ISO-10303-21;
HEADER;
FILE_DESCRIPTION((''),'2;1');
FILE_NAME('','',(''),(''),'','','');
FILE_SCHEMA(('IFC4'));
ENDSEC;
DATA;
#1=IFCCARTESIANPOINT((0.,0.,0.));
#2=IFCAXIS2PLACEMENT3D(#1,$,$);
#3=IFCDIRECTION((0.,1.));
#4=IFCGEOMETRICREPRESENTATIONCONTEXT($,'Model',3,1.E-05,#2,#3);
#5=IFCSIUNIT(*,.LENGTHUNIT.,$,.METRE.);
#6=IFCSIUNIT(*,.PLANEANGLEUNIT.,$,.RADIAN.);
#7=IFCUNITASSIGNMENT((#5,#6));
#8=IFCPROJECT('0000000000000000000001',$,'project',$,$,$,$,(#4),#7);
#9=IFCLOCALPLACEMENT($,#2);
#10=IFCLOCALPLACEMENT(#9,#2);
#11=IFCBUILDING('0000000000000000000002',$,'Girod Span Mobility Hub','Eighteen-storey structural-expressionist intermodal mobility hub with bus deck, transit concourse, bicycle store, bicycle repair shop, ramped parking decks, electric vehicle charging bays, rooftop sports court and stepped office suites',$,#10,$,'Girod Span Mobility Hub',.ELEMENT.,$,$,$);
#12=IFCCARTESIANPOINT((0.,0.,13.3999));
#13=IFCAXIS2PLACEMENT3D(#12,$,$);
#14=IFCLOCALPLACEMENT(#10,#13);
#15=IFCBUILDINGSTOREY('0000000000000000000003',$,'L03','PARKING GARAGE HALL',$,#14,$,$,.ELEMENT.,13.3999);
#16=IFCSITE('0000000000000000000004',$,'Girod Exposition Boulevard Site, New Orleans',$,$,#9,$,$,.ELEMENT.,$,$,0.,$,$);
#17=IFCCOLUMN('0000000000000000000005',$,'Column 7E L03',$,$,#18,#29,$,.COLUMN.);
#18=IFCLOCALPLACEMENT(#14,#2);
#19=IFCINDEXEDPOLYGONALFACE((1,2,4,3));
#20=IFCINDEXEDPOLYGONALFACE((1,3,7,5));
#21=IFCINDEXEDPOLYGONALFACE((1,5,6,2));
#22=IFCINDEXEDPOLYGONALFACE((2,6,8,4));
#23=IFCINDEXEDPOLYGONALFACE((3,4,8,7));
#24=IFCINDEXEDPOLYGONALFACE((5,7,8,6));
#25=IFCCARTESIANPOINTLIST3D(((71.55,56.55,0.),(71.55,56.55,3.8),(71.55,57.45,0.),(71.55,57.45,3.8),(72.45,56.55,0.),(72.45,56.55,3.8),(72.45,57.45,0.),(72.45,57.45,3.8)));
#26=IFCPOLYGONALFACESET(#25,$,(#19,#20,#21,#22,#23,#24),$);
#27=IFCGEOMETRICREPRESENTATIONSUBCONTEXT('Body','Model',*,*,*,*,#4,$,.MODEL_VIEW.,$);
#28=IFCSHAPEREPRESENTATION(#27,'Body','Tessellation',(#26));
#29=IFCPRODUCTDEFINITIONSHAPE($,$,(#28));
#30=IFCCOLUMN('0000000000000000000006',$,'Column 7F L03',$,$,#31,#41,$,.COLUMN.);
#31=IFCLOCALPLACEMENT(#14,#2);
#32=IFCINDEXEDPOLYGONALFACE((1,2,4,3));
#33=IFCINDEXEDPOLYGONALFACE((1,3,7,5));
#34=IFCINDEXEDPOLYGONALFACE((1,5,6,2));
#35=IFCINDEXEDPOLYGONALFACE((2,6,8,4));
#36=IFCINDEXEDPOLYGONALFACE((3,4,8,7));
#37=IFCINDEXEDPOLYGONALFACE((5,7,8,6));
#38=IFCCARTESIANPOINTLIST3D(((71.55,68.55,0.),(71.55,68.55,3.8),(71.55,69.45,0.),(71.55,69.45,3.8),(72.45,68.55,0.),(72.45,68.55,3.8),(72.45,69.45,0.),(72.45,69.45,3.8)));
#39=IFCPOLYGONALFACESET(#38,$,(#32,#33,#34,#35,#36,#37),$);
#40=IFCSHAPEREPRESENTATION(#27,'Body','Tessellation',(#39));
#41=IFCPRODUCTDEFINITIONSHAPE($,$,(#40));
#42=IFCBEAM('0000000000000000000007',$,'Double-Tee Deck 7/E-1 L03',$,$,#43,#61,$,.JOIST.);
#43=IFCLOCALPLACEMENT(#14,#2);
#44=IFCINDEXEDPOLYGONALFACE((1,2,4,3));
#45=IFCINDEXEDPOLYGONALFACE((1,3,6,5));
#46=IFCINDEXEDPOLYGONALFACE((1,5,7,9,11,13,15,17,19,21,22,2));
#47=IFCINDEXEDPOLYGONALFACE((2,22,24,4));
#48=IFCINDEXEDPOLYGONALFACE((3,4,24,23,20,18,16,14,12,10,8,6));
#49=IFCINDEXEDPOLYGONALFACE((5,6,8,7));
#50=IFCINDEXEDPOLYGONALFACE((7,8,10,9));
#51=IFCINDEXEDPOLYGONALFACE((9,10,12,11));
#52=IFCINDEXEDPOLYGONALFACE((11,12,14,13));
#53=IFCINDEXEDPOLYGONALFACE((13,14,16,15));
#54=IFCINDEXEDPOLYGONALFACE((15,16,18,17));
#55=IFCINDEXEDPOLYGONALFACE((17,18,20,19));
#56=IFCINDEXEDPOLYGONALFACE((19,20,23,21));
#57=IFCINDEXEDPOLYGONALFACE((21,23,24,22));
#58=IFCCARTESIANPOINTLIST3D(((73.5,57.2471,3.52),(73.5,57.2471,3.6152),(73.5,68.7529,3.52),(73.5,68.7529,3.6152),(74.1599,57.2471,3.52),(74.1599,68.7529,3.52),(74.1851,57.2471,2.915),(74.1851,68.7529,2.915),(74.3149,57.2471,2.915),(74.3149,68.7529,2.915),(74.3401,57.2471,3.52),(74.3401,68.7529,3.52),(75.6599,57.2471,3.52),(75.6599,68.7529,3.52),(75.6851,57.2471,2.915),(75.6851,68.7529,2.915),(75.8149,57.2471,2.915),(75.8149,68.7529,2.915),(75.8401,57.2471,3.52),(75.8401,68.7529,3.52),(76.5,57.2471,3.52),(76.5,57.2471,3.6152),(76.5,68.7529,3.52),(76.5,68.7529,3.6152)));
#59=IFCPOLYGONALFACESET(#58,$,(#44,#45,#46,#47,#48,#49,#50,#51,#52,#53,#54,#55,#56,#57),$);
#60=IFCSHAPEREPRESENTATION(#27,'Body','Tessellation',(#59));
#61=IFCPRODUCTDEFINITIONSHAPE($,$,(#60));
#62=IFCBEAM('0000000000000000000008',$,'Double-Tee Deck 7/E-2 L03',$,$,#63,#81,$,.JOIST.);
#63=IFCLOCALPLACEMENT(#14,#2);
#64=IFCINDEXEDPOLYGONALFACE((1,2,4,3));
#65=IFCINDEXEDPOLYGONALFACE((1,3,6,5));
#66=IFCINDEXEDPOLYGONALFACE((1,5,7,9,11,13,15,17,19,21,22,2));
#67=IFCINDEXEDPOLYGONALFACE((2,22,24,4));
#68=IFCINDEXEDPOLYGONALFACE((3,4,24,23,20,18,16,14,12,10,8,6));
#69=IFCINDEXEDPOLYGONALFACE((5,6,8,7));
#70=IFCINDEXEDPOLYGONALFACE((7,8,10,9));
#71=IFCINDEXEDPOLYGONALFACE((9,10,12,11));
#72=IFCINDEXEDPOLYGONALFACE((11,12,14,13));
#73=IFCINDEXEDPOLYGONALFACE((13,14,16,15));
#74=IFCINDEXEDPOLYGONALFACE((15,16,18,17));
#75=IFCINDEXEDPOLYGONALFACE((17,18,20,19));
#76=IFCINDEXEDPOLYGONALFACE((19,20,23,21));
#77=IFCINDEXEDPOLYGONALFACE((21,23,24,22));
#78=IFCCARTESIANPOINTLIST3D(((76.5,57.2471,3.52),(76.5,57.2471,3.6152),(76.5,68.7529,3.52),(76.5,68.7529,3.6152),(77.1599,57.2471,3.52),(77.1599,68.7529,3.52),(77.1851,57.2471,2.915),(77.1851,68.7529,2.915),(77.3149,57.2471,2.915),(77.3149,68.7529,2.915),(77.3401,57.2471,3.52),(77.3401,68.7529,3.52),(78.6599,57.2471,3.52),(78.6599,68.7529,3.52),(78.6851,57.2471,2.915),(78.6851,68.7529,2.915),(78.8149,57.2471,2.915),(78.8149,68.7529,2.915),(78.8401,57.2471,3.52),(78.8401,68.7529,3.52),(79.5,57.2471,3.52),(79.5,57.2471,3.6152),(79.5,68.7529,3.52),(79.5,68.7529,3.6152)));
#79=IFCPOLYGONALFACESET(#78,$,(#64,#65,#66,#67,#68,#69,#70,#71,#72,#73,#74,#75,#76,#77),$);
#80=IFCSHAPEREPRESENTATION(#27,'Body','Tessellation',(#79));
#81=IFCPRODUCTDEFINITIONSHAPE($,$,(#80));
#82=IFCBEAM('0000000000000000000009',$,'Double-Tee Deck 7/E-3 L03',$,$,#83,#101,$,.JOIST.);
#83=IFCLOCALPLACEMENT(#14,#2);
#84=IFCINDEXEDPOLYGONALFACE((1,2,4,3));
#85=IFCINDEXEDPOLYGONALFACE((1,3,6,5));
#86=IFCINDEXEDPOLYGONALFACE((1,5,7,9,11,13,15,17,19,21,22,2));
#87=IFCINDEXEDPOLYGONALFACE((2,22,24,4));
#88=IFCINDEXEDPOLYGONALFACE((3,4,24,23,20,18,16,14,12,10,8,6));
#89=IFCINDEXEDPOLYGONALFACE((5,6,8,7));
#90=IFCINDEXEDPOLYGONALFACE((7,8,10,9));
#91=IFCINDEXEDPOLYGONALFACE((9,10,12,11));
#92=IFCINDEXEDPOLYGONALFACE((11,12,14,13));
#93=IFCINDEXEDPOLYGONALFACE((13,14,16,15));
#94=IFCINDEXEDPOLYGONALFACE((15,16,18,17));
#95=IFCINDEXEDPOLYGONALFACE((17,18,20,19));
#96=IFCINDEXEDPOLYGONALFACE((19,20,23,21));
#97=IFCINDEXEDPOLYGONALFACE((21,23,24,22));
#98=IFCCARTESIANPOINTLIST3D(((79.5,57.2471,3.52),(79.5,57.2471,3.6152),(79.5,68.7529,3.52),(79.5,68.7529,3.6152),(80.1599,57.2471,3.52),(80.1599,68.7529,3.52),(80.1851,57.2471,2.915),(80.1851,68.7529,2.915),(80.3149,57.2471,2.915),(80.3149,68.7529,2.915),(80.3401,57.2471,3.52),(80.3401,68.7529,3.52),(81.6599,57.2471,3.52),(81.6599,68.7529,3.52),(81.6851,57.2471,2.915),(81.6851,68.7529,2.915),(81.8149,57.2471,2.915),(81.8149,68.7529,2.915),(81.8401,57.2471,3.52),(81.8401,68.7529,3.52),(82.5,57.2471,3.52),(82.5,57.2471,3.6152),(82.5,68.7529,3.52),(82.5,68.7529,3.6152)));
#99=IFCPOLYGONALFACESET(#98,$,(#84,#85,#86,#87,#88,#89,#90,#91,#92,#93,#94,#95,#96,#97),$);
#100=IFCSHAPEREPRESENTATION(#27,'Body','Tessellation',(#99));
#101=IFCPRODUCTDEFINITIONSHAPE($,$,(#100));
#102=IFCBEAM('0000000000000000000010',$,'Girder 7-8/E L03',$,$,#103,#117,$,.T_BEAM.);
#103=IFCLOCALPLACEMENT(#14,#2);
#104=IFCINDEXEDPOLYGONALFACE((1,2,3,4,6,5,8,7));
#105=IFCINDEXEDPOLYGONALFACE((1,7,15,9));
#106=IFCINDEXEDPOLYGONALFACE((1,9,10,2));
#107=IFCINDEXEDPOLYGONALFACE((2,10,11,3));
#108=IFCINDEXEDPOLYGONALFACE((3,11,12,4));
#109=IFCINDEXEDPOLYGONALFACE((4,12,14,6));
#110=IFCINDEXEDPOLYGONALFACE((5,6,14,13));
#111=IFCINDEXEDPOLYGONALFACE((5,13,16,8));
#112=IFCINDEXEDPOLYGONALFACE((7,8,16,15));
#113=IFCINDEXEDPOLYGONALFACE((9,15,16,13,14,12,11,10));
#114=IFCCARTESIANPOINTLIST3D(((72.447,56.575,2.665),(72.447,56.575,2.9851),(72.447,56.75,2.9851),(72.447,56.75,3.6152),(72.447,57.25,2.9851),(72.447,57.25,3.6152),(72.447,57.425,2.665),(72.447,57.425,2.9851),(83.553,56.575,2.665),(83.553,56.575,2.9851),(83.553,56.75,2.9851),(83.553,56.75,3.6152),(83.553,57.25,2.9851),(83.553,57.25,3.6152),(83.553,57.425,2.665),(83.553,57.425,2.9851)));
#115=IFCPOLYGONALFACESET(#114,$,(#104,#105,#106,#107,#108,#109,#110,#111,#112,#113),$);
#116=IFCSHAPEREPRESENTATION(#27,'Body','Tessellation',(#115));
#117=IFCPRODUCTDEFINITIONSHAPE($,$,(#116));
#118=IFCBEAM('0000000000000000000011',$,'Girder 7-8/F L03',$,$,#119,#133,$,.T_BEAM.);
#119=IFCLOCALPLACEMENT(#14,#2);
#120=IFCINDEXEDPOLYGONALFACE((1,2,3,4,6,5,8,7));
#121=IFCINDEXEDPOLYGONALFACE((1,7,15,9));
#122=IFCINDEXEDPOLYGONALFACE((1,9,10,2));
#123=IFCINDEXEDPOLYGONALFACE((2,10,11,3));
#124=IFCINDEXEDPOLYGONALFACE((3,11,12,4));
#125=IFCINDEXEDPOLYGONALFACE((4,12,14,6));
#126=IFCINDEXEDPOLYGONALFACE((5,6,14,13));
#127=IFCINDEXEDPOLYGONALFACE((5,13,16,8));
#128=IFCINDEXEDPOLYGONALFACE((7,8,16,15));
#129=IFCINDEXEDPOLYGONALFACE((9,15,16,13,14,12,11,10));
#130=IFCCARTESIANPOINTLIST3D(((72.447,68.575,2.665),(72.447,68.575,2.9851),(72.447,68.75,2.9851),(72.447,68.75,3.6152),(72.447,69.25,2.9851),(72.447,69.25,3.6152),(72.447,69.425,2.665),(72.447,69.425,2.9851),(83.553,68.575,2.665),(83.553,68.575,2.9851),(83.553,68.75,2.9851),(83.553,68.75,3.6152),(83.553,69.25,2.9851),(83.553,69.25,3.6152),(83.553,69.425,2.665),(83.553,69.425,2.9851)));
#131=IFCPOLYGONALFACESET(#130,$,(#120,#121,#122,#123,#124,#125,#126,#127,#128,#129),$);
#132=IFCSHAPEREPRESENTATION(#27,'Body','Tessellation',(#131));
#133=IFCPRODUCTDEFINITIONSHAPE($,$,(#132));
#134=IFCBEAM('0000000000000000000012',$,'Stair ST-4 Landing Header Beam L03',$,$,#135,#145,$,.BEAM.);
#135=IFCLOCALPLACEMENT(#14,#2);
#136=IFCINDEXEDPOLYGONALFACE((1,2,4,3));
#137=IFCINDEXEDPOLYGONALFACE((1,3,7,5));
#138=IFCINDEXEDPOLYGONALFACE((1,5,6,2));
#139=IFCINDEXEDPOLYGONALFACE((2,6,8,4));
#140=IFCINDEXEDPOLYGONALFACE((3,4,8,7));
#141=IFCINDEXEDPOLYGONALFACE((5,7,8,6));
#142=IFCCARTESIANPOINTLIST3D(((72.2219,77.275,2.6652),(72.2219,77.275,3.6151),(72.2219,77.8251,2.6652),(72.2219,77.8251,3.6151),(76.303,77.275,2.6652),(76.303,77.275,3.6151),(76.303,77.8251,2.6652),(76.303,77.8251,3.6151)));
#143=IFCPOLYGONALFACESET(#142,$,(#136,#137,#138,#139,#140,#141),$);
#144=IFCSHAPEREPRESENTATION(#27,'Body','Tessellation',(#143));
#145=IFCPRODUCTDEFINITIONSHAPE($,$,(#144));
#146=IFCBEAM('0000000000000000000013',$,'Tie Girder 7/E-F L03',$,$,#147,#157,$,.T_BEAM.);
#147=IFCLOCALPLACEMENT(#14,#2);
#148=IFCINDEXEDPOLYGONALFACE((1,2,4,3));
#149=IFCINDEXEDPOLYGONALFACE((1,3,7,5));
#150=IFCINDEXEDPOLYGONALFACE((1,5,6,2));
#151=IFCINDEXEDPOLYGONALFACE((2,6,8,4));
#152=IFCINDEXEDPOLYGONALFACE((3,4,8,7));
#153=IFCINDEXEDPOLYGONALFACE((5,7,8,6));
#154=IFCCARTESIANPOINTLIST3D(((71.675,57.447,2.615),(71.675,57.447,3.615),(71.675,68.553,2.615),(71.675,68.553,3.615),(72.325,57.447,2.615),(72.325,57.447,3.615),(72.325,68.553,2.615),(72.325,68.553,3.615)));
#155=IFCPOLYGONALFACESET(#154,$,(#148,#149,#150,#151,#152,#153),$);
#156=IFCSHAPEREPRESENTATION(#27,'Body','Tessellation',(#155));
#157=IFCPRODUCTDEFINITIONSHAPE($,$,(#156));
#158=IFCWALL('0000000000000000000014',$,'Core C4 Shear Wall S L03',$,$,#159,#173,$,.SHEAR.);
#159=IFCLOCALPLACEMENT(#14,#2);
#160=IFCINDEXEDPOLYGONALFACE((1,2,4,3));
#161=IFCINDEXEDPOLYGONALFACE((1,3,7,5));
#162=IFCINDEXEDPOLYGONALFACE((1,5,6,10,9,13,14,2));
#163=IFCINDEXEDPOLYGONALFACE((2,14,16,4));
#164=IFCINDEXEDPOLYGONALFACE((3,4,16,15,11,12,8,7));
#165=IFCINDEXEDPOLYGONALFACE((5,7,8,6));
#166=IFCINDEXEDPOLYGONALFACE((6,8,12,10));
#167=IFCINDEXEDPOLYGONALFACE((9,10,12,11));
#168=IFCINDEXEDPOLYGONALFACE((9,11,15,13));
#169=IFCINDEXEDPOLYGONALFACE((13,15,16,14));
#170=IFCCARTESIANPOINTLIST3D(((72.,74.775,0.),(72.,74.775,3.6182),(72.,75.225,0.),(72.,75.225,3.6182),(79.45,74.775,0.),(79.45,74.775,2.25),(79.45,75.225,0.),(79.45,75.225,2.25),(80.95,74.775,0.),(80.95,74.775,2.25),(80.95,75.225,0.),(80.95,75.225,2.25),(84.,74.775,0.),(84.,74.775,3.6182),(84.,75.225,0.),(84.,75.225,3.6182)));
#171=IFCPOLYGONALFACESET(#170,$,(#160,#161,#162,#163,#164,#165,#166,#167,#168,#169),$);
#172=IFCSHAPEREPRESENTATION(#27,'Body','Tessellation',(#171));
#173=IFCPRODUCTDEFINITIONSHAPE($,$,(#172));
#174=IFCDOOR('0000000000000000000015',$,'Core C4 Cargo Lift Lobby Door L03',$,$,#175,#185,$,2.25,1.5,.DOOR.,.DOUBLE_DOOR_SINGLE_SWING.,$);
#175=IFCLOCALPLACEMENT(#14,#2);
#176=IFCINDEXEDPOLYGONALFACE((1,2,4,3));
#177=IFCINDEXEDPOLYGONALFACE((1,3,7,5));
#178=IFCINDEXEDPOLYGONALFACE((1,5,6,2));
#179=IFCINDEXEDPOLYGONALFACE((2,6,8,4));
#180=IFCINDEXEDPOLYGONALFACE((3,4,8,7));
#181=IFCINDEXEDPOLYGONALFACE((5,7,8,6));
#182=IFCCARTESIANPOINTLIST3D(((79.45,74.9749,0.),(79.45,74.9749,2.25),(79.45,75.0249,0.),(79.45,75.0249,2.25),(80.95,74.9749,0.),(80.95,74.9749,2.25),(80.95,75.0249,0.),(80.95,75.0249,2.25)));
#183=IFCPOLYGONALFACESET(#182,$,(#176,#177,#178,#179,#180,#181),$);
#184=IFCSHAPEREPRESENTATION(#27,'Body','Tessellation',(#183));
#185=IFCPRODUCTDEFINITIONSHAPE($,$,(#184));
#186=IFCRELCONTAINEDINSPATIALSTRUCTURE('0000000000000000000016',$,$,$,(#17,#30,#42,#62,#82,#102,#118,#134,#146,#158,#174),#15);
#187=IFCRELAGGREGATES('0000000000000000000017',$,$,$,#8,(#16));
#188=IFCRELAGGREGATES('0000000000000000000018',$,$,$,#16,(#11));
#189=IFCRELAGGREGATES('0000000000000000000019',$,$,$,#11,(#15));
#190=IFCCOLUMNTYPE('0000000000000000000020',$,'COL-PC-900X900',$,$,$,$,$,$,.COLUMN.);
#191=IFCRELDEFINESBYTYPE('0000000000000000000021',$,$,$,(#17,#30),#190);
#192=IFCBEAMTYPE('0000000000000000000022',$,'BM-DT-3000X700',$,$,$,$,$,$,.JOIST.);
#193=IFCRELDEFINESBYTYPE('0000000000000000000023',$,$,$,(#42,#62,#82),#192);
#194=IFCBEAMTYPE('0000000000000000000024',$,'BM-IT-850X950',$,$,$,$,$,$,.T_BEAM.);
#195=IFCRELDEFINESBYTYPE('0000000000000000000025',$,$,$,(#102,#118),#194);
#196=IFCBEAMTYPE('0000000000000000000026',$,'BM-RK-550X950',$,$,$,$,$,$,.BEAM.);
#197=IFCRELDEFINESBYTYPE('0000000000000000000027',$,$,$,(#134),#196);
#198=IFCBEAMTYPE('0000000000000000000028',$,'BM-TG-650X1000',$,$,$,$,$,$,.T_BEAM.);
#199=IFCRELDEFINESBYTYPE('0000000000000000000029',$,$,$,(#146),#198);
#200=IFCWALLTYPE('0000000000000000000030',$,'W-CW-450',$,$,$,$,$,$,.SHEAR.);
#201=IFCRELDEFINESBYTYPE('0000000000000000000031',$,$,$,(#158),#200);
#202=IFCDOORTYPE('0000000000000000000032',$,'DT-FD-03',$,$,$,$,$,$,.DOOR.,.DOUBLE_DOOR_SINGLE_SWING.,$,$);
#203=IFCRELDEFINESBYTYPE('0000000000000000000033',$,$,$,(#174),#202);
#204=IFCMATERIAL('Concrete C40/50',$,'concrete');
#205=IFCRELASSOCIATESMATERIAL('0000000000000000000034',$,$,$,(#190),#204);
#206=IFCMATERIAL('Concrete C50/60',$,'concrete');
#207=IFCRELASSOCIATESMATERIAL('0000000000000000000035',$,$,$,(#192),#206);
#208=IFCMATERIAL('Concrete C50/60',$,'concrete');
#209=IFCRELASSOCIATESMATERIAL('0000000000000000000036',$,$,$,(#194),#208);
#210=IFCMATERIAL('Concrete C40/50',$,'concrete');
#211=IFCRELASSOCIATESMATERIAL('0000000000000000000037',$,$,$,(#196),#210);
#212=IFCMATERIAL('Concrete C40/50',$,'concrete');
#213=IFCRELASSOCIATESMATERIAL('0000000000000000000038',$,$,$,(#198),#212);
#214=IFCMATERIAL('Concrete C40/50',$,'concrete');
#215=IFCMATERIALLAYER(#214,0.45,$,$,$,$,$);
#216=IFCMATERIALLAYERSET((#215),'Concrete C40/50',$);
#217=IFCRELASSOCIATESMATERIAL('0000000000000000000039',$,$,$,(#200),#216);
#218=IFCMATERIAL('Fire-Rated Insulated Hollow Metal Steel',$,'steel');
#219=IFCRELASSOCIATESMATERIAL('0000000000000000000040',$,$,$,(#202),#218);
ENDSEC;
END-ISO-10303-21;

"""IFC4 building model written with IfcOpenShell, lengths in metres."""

from ifc_helpers import new_model, si_unit, direction, frame, frame_2d, origin, origin_2d, place, context, subcontext, project, spatial, polyline, rectangle, outline, extrude, material, layer, layer_set, material_profile, profile_set, type_object, element, fill, save


model = new_model("IFC4")

# Units and contexts
model_context = context("Model", 3, precision=1e-05, world=origin(), true_north=direction((0.0, 1.0)))
body_context = subcontext(model_context, "Body", "Model", "MODEL_VIEW")
ifc_project = project(units=[si_unit("LENGTHUNIT", "METRE"), si_unit("PLANEANGLEUNIT", "RADIAN")], contexts=[model_context])

# Site, building, storey
site_placement = place(None, origin())
site = spatial("IfcSite", under=ifc_project, at=site_placement, Name="Girod Exposition Boulevard Site, New Orleans", CompositionType="ELEMENT", RefElevation=0.0)
building_placement = place(site_placement, origin())
building = spatial("IfcBuilding", under=site, at=building_placement, Name="Girod Span Mobility Hub", Description="Eighteen-storey structural-expressionist intermodal mobility hub with bus deck, transit concourse, bicycle store, bicycle repair shop, ramped parking decks, electric vehicle charging bays, rooftop sports court and stepped office suites", LongName="Girod Span Mobility Hub", CompositionType="ELEMENT")
storey_placement = place(building_placement, frame((0.0, 0.0, 13.3999)))
storey = spatial("IfcBuildingStorey", under=building, at=storey_placement, Name="L03", Description="PARKING GARAGE HALL", CompositionType="ELEMENT", Elevation=13.3999)

# Columns
ifc_material_1 = material(Name="Concrete C40/50", Category="concrete")
ifc_material_profile_1 = material_profile(ifc_material_1, rectangle(XDim=0.8999, YDim=0.8999, at=origin_2d()), Name="PC-COL-900X900")
ifc_profile_set_1 = profile_set([ifc_material_profile_1], Name="Concrete C40/50")
column_type = type_object("IfcColumnType", Name="COL-PC-900X900", PredefinedType="COLUMN", material=ifc_profile_set_1)
for number, where, z_axis, x_axis, name in (
    (1, (72.0, 57.0, 0.0), (0.0, 0.0, 1.0), (1.0, 0.0, 0.0), "Column 7E L03"),
    (2, (72.0, 69.0, 0.0), (0.0, 0.0, 1.0), (1.0, 0.0, 0.0), "Column 7F L03"),
):
    element("IfcColumn", number, at=place(storey_placement, frame(where, z_axis=z_axis, x_axis=x_axis)), inside=storey, type_object=column_type, Name=name, PredefinedType="COLUMN", context=body_context, shape_type="SweptSolid", body=[
        extrude(rectangle(XDim=0.8999, YDim=0.8999, at=origin_2d()), origin(), (0.0, 0.0, 1.0), 3.8),
    ])

# Beams
ifc_material_2 = material(Name="Concrete C50/60", Category="concrete")
ifc_material_profile_2 = material_profile(ifc_material_2, outline(polyline([(-1.5, 0.3501), (-1.5, 0.2549), (-0.8401, 0.2549), (-0.8149, -0.3501), (-0.6851, -0.3501), (-0.6599, 0.2549), (0.6599, 0.2549), (0.6851, -0.3501), (0.8149, -0.3501), (0.8401, 0.2549), (1.5, 0.2549), (1.5, 0.3501), (-1.5, 0.3501)])), Name="DT-3000X700")
ifc_profile_set_2 = profile_set([ifc_material_profile_2], Name="Concrete C50/60")
beam_type_1 = type_object("IfcBeamType", Name="BM-DT-3000X700", PredefinedType="JOIST", material=ifc_profile_set_2)
for number, where, z_axis, x_axis, name in (
    (3, (75.0, 57.2471, 3.2651), (0.0, 1.0, 0.0), (-1.0, 0.0, 0.0), "Double-Tee Deck 7/E-1 L03"),
    (4, (78.0, 57.2471, 3.2651), (0.0, 1.0, 0.0), (-1.0, 0.0, 0.0), "Double-Tee Deck 7/E-2 L03"),
    (5, (81.0, 57.2471, 3.2651), (0.0, 1.0, 0.0), (-1.0, 0.0, 0.0), "Double-Tee Deck 7/E-3 L03"),
):
    element("IfcBeam", number, at=place(storey_placement, frame(where, z_axis=z_axis, x_axis=x_axis)), inside=storey, type_object=beam_type_1, Name=name, PredefinedType="JOIST", context=body_context, shape_type="SweptSolid", body=[
        extrude(outline(polyline([(-1.5, 0.3501), (-1.5, 0.2549), (-0.8401, 0.2549), (-0.8149, -0.3501), (-0.6851, -0.3501), (-0.6599, 0.2549), (0.6599, 0.2549), (0.6851, -0.3501), (0.8149, -0.3501), (0.8401, 0.2549), (1.5, 0.2549), (1.5, 0.3501), (-1.5, 0.3501)])), origin(), (0.0, 0.0, 1.0), 11.5059),
    ])
ifc_material_3 = material(Name="Concrete C50/60", Category="concrete")
ifc_material_profile_3 = material_profile(ifc_material_3, outline(polyline([(-0.425, -0.4751), (0.425, -0.4751), (0.425, -0.155), (0.25, -0.155), (0.25, 0.4751), (-0.25, 0.4751), (-0.25, -0.155), (-0.425, -0.155), (-0.425, -0.4751)])), Name="IT-850X950")
ifc_profile_set_3 = profile_set([ifc_material_profile_3], Name="Concrete C50/60")
beam_type_2 = type_object("IfcBeamType", Name="BM-IT-850X950", PredefinedType="T_BEAM", material=ifc_profile_set_3)
for number, where, z_axis, x_axis, name in (
    (6, (72.447, 57.0, 3.1401), (1.0, 0.0, 0.0), (0.0, 1.0, 0.0), "Girder 7-8/E L03"),
    (7, (72.447, 69.0, 3.1401), (1.0, 0.0, 0.0), (0.0, 1.0, 0.0), "Girder 7-8/F L03"),
):
    element("IfcBeam", number, at=place(storey_placement, frame(where, z_axis=z_axis, x_axis=x_axis)), inside=storey, type_object=beam_type_2, Name=name, PredefinedType="T_BEAM", context=body_context, shape_type="SweptSolid", body=[
        extrude(outline(polyline([(-0.425, -0.4751), (0.425, -0.4751), (0.425, -0.155), (0.25, -0.155), (0.25, 0.4751), (-0.25, 0.4751), (-0.25, -0.155), (-0.425, -0.155), (-0.425, -0.4751)])), origin(), (0.0, 0.0, 1.0), 11.106),
    ])
ifc_material_4 = material(Name="Concrete C40/50", Category="concrete")
ifc_material_profile_4 = material_profile(ifc_material_4, rectangle(XDim=0.55, YDim=0.95, at=origin_2d()), Name="RK-550X950")
ifc_profile_set_4 = profile_set([ifc_material_profile_4], Name="Concrete C40/50")
beam_type_3 = type_object("IfcBeamType", Name="BM-RK-550X950", PredefinedType="BEAM", material=ifc_profile_set_4)
beam_1_placement = place(storey_placement, frame((72.2219, 77.55, 3.1401), z_axis=(1.0, 0.0, 0.0), x_axis=(0.0, 1.0, 0.0)))
element("IfcBeam", 8, at=beam_1_placement, inside=storey, type_object=beam_type_3, Name="Stair ST-4 Landing Header Beam L03", PredefinedType="BEAM", context=body_context, shape_type="SweptSolid", body=[
    extrude(rectangle(XDim=0.55, YDim=0.95, at=origin_2d()), origin(), (0.0, 0.0, 1.0), 4.0811),
])
ifc_material_5 = material(Name="Concrete C40/50", Category="concrete")
ifc_material_profile_5 = material_profile(ifc_material_5, rectangle(XDim=0.6499, YDim=1.0, at=origin_2d()), Name="TG-650X1000")
ifc_profile_set_5 = profile_set([ifc_material_profile_5], Name="Concrete C40/50")
beam_type_4 = type_object("IfcBeamType", Name="BM-TG-650X1000", PredefinedType="T_BEAM", material=ifc_profile_set_5)
beam_2_placement = place(storey_placement, frame((72.0, 57.447, 3.115), z_axis=(0.0, 1.0, 0.0), x_axis=(-1.0, 0.0, 0.0)))
element("IfcBeam", 9, at=beam_2_placement, inside=storey, type_object=beam_type_4, Name="Tie Girder 7/E-F L03", PredefinedType="T_BEAM", context=body_context, shape_type="SweptSolid", body=[
    extrude(rectangle(XDim=0.6499, YDim=1.0, at=origin_2d()), origin(), (0.0, 0.0, 1.0), 11.106),
])

# Wall, opening, door
ifc_material_6 = material(Name="Concrete C40/50", Category="concrete")
ifc_layer_1 = layer(ifc_material_6, 0.45)
ifc_layer_set_1 = layer_set([ifc_layer_1], Name="Concrete C40/50")
wall_type_1 = type_object("IfcWallType", Name="W-CW-450", PredefinedType="SHEAR", material=ifc_layer_set_1)
wall_1_placement = place(storey_placement, frame((72.0, 75.0, 0.0), z_axis=(0.0, 0.0, 1.0), x_axis=(1.0, 0.0, 0.0)))
wall_1 = element("IfcWall", 10, at=wall_1_placement, inside=storey, type_object=wall_type_1, Name="Core C4 Shear Wall S L03", PredefinedType="SHEAR", context=body_context, shape_type="SweptSolid", body=[
    extrude(rectangle(XDim=12.0, YDim=0.45, at=frame_2d((6.0, 0.0))), origin(), (0.0, 0.0, 1.0), 3.6182),
])
opening_1_placement = place(wall_1_placement, frame((7.45, 0.0, 0.0)))
opening_1 = element("IfcOpeningElement", 11, at=opening_1_placement, cuts=wall_1, PredefinedType="OPENING", context=body_context, shape_type="SweptSolid", body=[
    extrude(rectangle(XDim=1.5, YDim=2.25, at=frame_2d((0.75, 1.125))), frame((0.0, 0.24, 0.0), z_axis=(0.0, -1.0, 0.0), x_axis=(1.0, 0.0, 0.0)), (0.0, 0.0, 1.0), 0.48),
])
ifc_material_7 = material(Name="Fire-Rated Insulated Hollow Metal Steel", Category="steel")
door_type_1 = type_object("IfcDoorType", Name="DT-FD-03", OperationType="DOUBLE_DOOR_SINGLE_SWING", PredefinedType="DOOR", material=ifc_material_7)
door_1_placement = place(opening_1_placement, origin())
door_1 = element("IfcDoor", 12, at=door_1_placement, inside=storey, type_object=door_type_1, Name="Core C4 Cargo Lift Lobby Door L03", OperationType="DOUBLE_DOOR_SINGLE_SWING", OverallHeight=2.25, OverallWidth=1.5, PredefinedType="DOOR", context=body_context, shape_type="SweptSolid", body=[
    extrude(rectangle(XDim=1.5, YDim=2.25, at=frame_2d((0.75, 1.125))), frame((0.0, 0.0249, 0.0), z_axis=(0.0, -1.0, 0.0), x_axis=(1.0, 0.0, 0.0)), (0.0, 0.0, 1.0), 0.05),
])
fill(opening_1, door_1)

save(model, "model.ifc")
